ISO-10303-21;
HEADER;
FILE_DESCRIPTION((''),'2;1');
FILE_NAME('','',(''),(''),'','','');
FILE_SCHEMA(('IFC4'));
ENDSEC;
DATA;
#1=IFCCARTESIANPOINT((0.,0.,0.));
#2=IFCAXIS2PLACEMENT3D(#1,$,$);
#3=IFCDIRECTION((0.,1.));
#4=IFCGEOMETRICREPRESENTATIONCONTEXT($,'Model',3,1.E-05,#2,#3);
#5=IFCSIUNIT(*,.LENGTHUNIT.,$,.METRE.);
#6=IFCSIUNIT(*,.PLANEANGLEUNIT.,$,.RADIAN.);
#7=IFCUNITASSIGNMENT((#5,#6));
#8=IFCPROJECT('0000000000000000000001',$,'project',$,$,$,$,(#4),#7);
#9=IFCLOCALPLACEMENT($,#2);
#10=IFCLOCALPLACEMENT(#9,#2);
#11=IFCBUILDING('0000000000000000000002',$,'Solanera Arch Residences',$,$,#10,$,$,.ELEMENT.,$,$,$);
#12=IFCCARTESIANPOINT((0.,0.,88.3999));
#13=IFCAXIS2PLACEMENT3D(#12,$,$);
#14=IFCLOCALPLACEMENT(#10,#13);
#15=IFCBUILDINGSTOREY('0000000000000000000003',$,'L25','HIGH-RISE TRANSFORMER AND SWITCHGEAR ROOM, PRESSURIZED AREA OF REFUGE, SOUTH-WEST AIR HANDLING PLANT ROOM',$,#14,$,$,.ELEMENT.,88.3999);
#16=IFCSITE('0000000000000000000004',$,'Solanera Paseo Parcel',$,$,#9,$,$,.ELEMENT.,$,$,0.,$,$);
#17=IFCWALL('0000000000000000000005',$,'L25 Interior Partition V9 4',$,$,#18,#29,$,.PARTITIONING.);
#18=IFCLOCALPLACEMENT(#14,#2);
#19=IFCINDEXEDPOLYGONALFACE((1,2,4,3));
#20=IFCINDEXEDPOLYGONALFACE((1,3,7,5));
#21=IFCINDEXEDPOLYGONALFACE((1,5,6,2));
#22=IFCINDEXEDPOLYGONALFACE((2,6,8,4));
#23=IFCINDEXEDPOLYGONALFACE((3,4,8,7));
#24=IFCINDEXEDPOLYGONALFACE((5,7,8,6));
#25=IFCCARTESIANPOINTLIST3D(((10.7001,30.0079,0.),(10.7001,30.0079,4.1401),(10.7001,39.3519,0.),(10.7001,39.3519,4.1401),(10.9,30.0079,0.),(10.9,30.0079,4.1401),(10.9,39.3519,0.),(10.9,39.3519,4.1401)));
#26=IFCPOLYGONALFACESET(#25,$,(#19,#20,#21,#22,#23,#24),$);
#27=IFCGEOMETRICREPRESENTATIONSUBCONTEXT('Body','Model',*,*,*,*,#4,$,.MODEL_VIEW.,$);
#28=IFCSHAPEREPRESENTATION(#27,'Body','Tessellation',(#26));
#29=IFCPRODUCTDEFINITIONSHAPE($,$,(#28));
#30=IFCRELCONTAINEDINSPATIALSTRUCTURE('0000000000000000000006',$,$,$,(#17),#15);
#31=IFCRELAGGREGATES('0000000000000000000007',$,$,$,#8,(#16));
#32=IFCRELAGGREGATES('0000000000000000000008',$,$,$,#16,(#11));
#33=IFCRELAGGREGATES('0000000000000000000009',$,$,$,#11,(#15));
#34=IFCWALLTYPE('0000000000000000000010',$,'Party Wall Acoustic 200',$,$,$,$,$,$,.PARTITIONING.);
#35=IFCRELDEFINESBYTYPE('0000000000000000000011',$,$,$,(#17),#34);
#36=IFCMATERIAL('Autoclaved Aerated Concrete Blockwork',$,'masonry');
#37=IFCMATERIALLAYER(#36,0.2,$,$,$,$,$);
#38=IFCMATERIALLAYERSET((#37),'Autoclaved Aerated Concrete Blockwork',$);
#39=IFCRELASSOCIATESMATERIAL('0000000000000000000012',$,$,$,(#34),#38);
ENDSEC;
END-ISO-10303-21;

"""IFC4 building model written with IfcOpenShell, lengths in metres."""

from ifc_helpers import new_model, si_unit, direction, frame, frame_2d, origin, place, context, subcontext, project, spatial, rectangle, extrude, material, layer, layer_set, type_object, element, save


model = new_model("IFC4")

# Units and contexts
model_context = context("Model", 3, precision=1e-05, world=origin(), true_north=direction((0.0, 1.0)))
body_context = subcontext(model_context, "Body", "Model", "MODEL_VIEW")
ifc_project = project(units=[si_unit("LENGTHUNIT", "METRE"), si_unit("PLANEANGLEUNIT", "RADIAN")], contexts=[model_context])

# Site, building, storey
site_placement = place(None, origin())
site = spatial("IfcSite", under=ifc_project, at=site_placement, Name="Solanera Paseo Parcel", CompositionType="ELEMENT", RefElevation=0.0)
building_placement = place(site_placement, origin())
building = spatial("IfcBuilding", under=site, at=building_placement, Name="Solanera Arch Residences", CompositionType="ELEMENT")
storey_placement = place(building_placement, frame((0.0, 0.0, 88.3999)))
storey = spatial("IfcBuildingStorey", under=building, at=storey_placement, Name="L25", Description="HIGH-RISE TRANSFORMER AND SWITCHGEAR ROOM, PRESSURIZED AREA OF REFUGE, SOUTH-WEST AIR HANDLING PLANT ROOM", CompositionType="ELEMENT", Elevation=88.3999)

# Shared definitions
ifc_material_1 = material(Name="Autoclaved Aerated Concrete Blockwork", Category="masonry")
ifc_layer_1 = layer(ifc_material_1, 0.2)
ifc_layer_set_1 = layer_set([ifc_layer_1], Name="Autoclaved Aerated Concrete Blockwork")
wall_type_1 = type_object("IfcWallType", Name="Party Wall Acoustic 200", PredefinedType="PARTITIONING", material=ifc_layer_set_1)

# Wall
wall_1_placement = place(storey_placement, frame((10.8, 30.0081, 0.0), z_axis=(0.0, 0.0, 1.0), x_axis=(0.0, 1.0, 0.0)))
element("IfcWall", 1, at=wall_1_placement, inside=storey, type_object=wall_type_1, Name="L25 Interior Partition V9 4", PredefinedType="PARTITIONING", context=body_context, shape_type="SweptSolid", body=[
    extrude(rectangle(XDim=9.344, YDim=0.2, at=frame_2d((4.6719, 0.0))), origin(), (0.0, 0.0, 1.0), 4.1401),
])

save(model, "model.ifc")
